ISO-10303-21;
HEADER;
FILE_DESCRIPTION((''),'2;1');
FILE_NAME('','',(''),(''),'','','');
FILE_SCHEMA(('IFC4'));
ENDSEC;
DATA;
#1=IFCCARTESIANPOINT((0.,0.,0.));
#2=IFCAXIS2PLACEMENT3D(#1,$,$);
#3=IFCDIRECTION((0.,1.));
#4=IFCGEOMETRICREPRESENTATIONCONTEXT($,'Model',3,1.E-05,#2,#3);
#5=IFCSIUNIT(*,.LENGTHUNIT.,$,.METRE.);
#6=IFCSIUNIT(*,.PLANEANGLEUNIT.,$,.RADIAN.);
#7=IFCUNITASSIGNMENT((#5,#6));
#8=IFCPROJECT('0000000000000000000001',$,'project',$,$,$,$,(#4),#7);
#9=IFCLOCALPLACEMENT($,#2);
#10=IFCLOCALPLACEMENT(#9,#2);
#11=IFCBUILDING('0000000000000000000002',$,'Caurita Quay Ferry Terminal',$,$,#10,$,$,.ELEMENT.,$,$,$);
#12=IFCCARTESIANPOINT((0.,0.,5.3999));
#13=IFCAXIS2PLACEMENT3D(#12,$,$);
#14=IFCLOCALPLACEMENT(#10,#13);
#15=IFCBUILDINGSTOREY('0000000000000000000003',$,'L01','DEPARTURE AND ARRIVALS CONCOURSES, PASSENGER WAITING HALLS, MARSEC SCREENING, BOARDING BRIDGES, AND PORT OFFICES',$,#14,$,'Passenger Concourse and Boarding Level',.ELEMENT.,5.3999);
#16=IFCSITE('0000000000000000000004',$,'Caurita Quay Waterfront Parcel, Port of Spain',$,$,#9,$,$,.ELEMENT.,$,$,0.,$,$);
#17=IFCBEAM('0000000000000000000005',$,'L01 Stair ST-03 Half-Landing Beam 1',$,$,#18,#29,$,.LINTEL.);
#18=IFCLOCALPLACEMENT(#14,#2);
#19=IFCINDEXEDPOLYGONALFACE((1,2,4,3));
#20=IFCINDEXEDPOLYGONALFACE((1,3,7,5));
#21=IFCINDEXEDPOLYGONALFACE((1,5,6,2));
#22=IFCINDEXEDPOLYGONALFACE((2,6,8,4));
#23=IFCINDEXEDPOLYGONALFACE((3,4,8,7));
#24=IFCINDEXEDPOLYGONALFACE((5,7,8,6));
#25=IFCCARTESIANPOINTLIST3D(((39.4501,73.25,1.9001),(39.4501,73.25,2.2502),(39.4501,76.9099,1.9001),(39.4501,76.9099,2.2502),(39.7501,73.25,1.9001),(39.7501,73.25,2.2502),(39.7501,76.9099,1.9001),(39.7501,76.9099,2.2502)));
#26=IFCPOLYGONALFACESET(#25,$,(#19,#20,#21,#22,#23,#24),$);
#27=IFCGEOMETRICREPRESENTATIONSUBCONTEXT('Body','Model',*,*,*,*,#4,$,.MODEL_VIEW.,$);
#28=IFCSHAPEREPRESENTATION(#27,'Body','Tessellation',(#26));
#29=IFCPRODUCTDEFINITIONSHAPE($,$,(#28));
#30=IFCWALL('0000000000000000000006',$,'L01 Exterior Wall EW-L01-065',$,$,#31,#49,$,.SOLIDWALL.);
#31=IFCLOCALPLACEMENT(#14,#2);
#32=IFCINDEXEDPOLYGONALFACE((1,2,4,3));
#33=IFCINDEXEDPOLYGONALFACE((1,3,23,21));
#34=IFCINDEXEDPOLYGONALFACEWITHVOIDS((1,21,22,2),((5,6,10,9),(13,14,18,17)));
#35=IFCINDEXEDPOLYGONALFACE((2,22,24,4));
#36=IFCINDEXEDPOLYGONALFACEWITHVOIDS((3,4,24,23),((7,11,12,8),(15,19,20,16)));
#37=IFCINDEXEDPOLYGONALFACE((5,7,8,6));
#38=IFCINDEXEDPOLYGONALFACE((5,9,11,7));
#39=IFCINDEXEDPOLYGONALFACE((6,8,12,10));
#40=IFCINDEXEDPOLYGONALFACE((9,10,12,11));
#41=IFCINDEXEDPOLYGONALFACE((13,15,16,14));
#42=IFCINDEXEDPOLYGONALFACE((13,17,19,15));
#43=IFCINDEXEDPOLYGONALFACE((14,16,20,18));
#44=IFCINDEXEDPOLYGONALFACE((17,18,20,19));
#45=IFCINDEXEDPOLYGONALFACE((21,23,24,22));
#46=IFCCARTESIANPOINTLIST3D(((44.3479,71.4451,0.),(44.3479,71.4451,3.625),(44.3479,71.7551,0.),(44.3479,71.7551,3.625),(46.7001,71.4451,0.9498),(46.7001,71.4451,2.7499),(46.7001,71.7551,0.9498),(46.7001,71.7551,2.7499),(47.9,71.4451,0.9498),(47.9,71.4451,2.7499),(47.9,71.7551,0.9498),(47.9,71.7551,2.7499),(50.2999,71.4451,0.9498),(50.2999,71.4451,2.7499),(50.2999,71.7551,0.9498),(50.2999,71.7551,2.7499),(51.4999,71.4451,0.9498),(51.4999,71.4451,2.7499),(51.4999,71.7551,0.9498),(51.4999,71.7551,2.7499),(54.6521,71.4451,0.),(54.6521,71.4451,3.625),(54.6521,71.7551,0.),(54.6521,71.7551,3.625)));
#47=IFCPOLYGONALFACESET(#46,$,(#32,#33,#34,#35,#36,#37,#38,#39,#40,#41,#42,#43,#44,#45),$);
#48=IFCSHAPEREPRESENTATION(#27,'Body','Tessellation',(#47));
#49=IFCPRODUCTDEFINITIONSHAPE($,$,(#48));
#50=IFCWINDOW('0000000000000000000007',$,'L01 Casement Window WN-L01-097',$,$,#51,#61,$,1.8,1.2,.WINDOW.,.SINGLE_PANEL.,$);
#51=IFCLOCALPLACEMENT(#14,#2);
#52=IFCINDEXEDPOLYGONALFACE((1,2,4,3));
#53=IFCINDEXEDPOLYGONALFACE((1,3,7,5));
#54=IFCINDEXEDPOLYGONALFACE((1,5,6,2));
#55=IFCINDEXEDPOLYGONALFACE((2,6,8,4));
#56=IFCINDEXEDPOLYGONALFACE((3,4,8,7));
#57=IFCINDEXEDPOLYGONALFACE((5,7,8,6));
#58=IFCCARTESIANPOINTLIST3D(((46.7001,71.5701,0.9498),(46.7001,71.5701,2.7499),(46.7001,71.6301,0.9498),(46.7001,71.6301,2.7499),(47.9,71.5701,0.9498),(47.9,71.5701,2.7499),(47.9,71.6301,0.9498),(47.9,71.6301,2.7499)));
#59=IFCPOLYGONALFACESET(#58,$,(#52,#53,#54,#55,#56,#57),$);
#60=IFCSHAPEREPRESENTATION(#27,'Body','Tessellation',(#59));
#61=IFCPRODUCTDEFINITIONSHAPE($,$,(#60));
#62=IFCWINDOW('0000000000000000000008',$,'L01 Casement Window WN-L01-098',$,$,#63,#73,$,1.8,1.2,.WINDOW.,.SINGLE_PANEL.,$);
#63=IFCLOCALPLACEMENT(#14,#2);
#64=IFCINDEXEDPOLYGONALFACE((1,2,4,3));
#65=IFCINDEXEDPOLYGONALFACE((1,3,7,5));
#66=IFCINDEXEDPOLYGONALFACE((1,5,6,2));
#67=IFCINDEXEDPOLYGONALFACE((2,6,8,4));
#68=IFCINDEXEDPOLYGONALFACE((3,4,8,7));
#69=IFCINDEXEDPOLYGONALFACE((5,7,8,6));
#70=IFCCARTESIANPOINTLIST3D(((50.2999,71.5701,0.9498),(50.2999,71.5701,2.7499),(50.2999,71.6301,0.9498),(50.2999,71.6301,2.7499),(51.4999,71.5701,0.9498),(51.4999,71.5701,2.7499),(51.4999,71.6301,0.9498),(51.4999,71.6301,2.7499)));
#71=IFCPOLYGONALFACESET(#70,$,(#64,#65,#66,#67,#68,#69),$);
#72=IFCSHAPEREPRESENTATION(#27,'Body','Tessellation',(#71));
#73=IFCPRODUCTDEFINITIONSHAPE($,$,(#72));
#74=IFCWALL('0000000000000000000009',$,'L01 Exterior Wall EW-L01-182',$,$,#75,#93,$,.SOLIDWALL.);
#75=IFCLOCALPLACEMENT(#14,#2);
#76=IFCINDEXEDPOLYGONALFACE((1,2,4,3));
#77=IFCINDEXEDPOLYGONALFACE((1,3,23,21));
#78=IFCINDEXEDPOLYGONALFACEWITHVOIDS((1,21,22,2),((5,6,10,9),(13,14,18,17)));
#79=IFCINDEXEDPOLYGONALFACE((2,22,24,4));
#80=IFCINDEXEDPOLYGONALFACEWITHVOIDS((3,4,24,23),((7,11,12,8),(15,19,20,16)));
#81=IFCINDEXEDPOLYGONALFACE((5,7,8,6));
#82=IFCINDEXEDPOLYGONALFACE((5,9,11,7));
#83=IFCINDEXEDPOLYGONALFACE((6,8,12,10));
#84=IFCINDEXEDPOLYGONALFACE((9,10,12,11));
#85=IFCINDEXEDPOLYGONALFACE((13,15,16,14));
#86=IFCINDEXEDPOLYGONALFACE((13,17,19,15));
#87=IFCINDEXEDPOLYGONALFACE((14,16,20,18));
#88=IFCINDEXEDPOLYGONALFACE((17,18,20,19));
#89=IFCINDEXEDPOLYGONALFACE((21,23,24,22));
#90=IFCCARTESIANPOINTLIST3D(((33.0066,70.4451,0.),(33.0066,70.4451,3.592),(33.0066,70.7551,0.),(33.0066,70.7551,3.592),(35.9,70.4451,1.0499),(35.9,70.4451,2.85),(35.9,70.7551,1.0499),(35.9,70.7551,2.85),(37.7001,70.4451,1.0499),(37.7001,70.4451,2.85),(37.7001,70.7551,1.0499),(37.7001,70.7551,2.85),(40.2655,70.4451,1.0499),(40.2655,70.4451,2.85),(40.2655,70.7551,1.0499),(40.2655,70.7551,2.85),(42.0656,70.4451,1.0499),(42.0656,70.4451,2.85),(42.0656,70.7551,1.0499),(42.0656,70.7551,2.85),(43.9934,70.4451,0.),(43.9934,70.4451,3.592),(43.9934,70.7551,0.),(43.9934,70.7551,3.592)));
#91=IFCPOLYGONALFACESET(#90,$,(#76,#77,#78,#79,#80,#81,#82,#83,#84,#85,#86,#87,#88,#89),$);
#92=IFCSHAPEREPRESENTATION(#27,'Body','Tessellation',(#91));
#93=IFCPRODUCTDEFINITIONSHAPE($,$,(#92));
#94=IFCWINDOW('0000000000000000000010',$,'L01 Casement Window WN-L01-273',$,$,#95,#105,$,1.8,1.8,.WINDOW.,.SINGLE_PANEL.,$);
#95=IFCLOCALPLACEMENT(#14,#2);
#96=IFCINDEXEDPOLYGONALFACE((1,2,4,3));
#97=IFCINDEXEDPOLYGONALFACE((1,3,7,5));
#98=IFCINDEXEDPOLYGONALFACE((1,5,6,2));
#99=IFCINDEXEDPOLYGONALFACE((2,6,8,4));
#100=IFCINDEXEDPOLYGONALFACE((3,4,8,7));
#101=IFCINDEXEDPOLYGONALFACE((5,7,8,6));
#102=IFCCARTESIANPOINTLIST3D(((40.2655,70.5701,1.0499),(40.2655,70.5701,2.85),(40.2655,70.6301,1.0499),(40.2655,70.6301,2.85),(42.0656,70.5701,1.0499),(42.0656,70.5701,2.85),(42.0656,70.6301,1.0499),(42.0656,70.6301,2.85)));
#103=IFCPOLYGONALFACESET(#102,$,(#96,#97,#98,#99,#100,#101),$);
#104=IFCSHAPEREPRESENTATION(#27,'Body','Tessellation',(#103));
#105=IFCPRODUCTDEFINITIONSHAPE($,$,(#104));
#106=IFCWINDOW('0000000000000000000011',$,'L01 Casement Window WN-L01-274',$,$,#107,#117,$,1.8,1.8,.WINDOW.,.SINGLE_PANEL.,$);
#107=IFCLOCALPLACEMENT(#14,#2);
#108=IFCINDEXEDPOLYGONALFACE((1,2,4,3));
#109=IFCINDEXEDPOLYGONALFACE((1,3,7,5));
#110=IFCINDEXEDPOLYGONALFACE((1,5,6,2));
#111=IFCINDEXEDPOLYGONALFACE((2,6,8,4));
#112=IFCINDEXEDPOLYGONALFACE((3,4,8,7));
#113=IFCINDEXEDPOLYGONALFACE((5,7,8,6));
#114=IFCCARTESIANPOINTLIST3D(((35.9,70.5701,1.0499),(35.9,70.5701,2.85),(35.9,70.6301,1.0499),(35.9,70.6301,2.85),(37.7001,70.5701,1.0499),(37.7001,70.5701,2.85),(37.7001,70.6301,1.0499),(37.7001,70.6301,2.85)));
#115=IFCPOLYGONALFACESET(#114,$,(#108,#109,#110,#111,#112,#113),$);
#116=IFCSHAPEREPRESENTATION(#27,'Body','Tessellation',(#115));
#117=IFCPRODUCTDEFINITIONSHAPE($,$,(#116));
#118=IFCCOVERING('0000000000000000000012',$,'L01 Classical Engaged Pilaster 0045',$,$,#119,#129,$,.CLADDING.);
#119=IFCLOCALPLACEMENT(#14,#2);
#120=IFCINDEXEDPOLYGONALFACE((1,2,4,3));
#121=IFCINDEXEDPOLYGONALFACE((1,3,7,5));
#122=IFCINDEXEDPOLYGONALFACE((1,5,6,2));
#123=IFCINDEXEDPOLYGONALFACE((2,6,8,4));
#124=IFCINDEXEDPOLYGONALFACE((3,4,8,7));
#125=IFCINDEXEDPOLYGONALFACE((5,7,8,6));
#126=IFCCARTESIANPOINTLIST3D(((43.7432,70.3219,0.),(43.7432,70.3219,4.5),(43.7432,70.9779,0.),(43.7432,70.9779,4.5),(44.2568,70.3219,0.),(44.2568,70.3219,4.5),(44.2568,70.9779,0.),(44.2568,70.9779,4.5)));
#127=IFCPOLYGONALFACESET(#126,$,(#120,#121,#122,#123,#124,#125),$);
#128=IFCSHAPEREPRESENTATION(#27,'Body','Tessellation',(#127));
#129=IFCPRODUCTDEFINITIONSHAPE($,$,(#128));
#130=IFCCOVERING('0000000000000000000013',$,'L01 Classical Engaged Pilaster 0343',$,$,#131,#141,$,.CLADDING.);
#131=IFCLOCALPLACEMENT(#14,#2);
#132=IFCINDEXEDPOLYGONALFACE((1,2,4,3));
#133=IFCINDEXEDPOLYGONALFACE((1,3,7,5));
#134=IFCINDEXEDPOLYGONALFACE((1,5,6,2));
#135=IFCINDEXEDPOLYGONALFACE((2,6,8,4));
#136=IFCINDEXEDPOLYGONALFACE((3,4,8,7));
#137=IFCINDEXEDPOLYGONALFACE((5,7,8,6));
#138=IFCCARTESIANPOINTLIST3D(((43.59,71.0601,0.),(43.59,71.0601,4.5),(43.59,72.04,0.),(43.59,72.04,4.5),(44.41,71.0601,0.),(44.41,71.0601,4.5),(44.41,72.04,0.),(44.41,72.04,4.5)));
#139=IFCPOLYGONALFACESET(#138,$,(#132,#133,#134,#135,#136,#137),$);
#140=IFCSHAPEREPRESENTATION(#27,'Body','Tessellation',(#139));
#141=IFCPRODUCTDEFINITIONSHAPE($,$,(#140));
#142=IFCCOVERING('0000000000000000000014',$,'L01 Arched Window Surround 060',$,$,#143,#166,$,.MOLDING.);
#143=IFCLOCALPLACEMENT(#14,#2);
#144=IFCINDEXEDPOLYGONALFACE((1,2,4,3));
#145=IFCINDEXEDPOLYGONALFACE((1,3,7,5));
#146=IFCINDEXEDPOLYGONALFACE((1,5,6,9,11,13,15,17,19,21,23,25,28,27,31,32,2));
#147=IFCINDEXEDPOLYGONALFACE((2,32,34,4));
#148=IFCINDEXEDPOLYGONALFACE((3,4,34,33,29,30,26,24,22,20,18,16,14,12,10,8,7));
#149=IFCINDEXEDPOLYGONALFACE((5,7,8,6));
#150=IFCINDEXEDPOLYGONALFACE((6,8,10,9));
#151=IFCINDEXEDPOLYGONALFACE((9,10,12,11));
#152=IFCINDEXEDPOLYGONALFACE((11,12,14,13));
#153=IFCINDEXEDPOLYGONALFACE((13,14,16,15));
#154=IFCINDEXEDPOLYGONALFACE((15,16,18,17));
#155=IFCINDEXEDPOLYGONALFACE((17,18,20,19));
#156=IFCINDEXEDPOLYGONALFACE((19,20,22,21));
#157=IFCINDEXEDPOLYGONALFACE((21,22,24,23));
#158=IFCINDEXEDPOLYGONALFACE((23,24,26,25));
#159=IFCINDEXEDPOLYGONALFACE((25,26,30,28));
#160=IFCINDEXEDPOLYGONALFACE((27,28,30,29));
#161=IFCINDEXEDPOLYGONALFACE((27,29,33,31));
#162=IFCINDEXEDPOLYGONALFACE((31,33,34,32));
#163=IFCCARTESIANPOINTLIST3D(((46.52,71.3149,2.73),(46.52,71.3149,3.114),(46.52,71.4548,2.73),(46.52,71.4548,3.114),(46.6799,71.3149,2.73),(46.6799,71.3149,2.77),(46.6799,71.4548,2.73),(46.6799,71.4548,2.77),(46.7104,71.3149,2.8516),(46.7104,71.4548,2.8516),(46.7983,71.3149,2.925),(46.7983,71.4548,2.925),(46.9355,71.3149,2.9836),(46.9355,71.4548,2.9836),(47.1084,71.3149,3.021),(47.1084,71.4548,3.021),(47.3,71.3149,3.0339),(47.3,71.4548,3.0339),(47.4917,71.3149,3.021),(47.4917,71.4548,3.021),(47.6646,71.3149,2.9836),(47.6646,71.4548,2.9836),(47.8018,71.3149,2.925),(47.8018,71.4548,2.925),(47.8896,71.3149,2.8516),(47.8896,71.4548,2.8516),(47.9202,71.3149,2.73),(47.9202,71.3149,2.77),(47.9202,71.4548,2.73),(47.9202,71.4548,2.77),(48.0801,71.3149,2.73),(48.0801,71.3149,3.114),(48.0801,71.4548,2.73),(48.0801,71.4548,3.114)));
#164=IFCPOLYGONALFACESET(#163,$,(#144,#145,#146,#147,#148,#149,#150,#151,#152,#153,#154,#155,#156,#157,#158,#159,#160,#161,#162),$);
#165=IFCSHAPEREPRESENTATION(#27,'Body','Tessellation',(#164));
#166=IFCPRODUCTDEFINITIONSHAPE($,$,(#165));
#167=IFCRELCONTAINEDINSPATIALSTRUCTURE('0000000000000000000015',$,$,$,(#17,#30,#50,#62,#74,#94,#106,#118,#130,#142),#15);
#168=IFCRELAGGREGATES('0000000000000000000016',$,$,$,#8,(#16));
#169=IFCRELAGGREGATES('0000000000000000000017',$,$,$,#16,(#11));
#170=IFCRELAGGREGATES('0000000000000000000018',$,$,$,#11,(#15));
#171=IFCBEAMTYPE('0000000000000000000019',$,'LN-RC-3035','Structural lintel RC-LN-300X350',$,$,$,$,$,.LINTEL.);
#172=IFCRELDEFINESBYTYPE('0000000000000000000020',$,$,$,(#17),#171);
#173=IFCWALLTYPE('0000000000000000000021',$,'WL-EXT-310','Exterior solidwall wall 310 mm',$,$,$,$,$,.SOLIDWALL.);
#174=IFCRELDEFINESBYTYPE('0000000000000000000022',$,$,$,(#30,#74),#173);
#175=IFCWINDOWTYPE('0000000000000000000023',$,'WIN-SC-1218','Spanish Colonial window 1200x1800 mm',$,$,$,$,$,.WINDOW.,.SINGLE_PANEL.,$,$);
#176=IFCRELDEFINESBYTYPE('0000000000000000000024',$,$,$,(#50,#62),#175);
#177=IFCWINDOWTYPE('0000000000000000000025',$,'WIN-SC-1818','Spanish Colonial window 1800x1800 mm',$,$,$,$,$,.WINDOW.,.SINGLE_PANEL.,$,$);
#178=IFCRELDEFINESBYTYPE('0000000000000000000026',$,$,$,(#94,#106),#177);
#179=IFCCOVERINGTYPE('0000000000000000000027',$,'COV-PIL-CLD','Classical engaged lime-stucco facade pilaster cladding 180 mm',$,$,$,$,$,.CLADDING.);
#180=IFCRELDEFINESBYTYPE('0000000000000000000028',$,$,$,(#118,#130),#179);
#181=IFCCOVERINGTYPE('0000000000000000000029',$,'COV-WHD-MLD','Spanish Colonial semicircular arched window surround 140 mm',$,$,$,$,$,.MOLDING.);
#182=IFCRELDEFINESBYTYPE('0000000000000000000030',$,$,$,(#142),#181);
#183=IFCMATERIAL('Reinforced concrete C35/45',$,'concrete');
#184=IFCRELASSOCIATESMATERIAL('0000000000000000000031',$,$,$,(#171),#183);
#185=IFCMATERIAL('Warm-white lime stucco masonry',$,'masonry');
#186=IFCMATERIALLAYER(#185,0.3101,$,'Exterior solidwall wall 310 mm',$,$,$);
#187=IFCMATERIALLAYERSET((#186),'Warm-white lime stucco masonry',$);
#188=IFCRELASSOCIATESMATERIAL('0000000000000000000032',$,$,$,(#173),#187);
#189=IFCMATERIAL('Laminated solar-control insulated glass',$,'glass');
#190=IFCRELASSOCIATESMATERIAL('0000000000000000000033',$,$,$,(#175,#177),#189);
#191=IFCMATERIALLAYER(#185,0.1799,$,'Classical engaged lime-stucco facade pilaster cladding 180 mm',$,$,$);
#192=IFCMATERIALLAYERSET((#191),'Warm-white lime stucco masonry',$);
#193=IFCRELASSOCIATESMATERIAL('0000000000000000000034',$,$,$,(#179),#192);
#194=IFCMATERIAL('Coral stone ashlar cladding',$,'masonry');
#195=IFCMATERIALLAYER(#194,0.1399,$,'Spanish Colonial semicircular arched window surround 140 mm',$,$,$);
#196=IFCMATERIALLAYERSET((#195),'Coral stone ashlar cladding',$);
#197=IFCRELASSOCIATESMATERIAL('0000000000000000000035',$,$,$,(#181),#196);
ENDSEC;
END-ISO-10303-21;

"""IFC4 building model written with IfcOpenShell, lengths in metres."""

from ifc_helpers import new_model, si_unit, direction, frame, frame_2d, origin, origin_2d, place, context, subcontext, project, spatial, polyline, rectangle, outline, extrude, material, layer, layer_set, material_profile, profile_set, type_object, element, fill, save


model = new_model("IFC4")

# Units and contexts
model_context = context("Model", 3, precision=1e-05, world=origin(), true_north=direction((0.0, 1.0)))
body_context = subcontext(model_context, "Body", "Model", "MODEL_VIEW")
ifc_project = project(units=[si_unit("LENGTHUNIT", "METRE"), si_unit("PLANEANGLEUNIT", "RADIAN")], contexts=[model_context])

# Site, building, storey
site_placement = place(None, origin())
site = spatial("IfcSite", under=ifc_project, at=site_placement, Name="Caurita Quay Waterfront Parcel, Port of Spain", CompositionType="ELEMENT", RefElevation=0.0)
building_placement = place(site_placement, origin())
building = spatial("IfcBuilding", under=site, at=building_placement, Name="Caurita Quay Ferry Terminal", CompositionType="ELEMENT")
storey_placement = place(building_placement, frame((0.0, 0.0, 5.3999)))
storey = spatial("IfcBuildingStorey", under=building, at=storey_placement, Name="L01", Description="DEPARTURE AND ARRIVALS CONCOURSES, PASSENGER WAITING HALLS, MARSEC SCREENING, BOARDING BRIDGES, AND PORT OFFICES", LongName="Passenger Concourse and Boarding Level", CompositionType="ELEMENT", Elevation=5.3999)

# Shared definitions
ifc_material_1 = material(Name="Reinforced concrete C35/45", Category="concrete")

# Beam
ifc_material_profile_1 = material_profile(ifc_material_1, rectangle(XDim=0.3, YDim=0.3501, at=origin_2d()), Name="RC-LN-300X350")
ifc_profile_set_1 = profile_set([ifc_material_profile_1], Name="Reinforced concrete C35/45")
beam_type_1 = type_object("IfcBeamType", Name="LN-RC-3035", Description="Structural lintel RC-LN-300X350", PredefinedType="LINTEL", material=ifc_profile_set_1)
beam_1_placement = place(storey_placement, frame((39.6001, 73.25, 2.0752), z_axis=(0.0, 1.0, 0.0), x_axis=(-1.0, 0.0, 0.0)))
element("IfcBeam", 1, at=beam_1_placement, inside=storey, type_object=beam_type_1, Name="L01 Stair ST-03 Half-Landing Beam 1", PredefinedType="LINTEL", context=body_context, shape_type="SweptSolid", body=[
    extrude(rectangle(XDim=0.3, YDim=0.3501, at=origin_2d()), origin(), (0.0, 0.0, 1.0), 3.6599),
])

# Walls, openings, windows
ifc_material_2 = material(Name="Warm-white lime stucco masonry", Category="masonry")
ifc_layer_1 = layer(ifc_material_2, 0.3101, Name="Exterior solidwall wall 310 mm")
ifc_layer_set_1 = layer_set([ifc_layer_1], Name="Warm-white lime stucco masonry")
wall_type = type_object("IfcWallType", Name="WL-EXT-310", Description="Exterior solidwall wall 310 mm", PredefinedType="SOLIDWALL", material=ifc_layer_set_1)
wall_1_placement = place(storey_placement, frame((44.3479, 71.6001, 0.0), z_axis=(0.0, 0.0, 1.0), x_axis=(1.0, 0.0, 0.0)))
wall_1 = element("IfcWall", 2, at=wall_1_placement, inside=storey, type_object=wall_type, Name="L01 Exterior Wall EW-L01-065", PredefinedType="SOLIDWALL", context=body_context, shape_type="SweptSolid", body=[
    extrude(rectangle(XDim=10.3042, YDim=0.3101, at=frame_2d((5.1521, 0.0))), origin(), (0.0, 0.0, 1.0), 3.625),
])
opening_1_placement = place(wall_1_placement, frame((2.3521, 0.0, 0.95)))
opening_1 = element("IfcOpeningElement", 3, at=opening_1_placement, cuts=wall_1, PredefinedType="OPENING", context=body_context, shape_type="SweptSolid", body=[
    extrude(rectangle(XDim=1.2, YDim=1.8, at=frame_2d((0.6001, 0.8999))), frame((0.0, 0.165, 0.0), z_axis=(0.0, -1.0, 0.0), x_axis=(1.0, 0.0, 0.0)), (0.0, 0.0, 1.0), 0.3301),
])
opening_2_placement = place(wall_1_placement, frame((5.9519, 0.0, 0.95)))
opening_2 = element("IfcOpeningElement", 4, at=opening_2_placement, cuts=wall_1, PredefinedType="OPENING", context=body_context, shape_type="SweptSolid", body=[
    extrude(rectangle(XDim=1.2, YDim=1.8, at=frame_2d((0.6001, 0.8999))), frame((0.0, 0.165, 0.0), z_axis=(0.0, -1.0, 0.0), x_axis=(1.0, 0.0, 0.0)), (0.0, 0.0, 1.0), 0.3301),
])
ifc_material_3 = material(Name="Laminated solar-control insulated glass", Category="glass")
window_type_1 = type_object("IfcWindowType", Name="WIN-SC-1218", Description="Spanish Colonial window 1200x1800 mm", PartitioningType="SINGLE_PANEL", PredefinedType="WINDOW", material=ifc_material_3)
window_1_placement = place(opening_1_placement, origin())
window_1 = element("IfcWindow", 5, at=window_1_placement, inside=storey, type_object=window_type_1, Name="L01 Casement Window WN-L01-097", OverallHeight=1.8, OverallWidth=1.2, PartitioningType="SINGLE_PANEL", PredefinedType="WINDOW", context=body_context, shape_type="SweptSolid", body=[
    extrude(rectangle(XDim=1.2, YDim=1.8, at=frame_2d((0.6001, 0.8999))), frame((0.0, 0.03, 0.0), z_axis=(0.0, -1.0, 0.0), x_axis=(1.0, 0.0, 0.0)), (0.0, 0.0, 1.0), 0.0601),
])
fill(opening_1, window_1)
window_2_placement = place(opening_2_placement, origin())
window_2 = element("IfcWindow", 6, at=window_2_placement, inside=storey, type_object=window_type_1, Name="L01 Casement Window WN-L01-098", OverallHeight=1.8, OverallWidth=1.2, PartitioningType="SINGLE_PANEL", PredefinedType="WINDOW", context=body_context, shape_type="SweptSolid", body=[
    extrude(rectangle(XDim=1.2, YDim=1.8, at=frame_2d((0.6001, 0.8999))), frame((0.0, 0.03, 0.0), z_axis=(0.0, -1.0, 0.0), x_axis=(1.0, 0.0, 0.0)), (0.0, 0.0, 1.0), 0.0601),
])
fill(opening_2, window_2)
wall_2_placement = place(storey_placement, frame((43.9934, 70.6001, 0.0), z_axis=(0.0, 0.0, 1.0), x_axis=(-1.0, 0.0, 0.0)))
wall_2 = element("IfcWall", 7, at=wall_2_placement, inside=storey, type_object=wall_type, Name="L01 Exterior Wall EW-L01-182", PredefinedType="SOLIDWALL", context=body_context, shape_type="SweptSolid", body=[
    extrude(rectangle(XDim=10.9868, YDim=0.3101, at=frame_2d((5.4934, 0.0))), origin(), (0.0, 0.0, 1.0), 3.592),
])
opening_3_placement = place(wall_2_placement, frame((1.928, 0.0, 1.05)))
opening_3 = element("IfcOpeningElement", 8, at=opening_3_placement, cuts=wall_2, PredefinedType="OPENING", context=body_context, shape_type="SweptSolid", body=[
    extrude(rectangle(XDim=1.8, YDim=1.8, at=frame_2d((0.8999, 0.8999))), frame((0.0, 0.165, 0.0), z_axis=(0.0, -1.0, 0.0), x_axis=(1.0, 0.0, 0.0)), (0.0, 0.0, 1.0), 0.3301),
])
opening_4_placement = place(wall_2_placement, frame((6.2935, 0.0, 1.05)))
opening_4 = element("IfcOpeningElement", 9, at=opening_4_placement, cuts=wall_2, PredefinedType="OPENING", context=body_context, shape_type="SweptSolid", body=[
    extrude(rectangle(XDim=1.8, YDim=1.8, at=frame_2d((0.8999, 0.8999))), frame((0.0, 0.165, 0.0), z_axis=(0.0, -1.0, 0.0), x_axis=(1.0, 0.0, 0.0)), (0.0, 0.0, 1.0), 0.3301),
])
window_type_2 = type_object("IfcWindowType", Name="WIN-SC-1818", Description="Spanish Colonial window 1800x1800 mm", PartitioningType="SINGLE_PANEL", PredefinedType="WINDOW", material=ifc_material_3)
window_3_placement = place(opening_3_placement, origin())
window_3 = element("IfcWindow", 10, at=window_3_placement, inside=storey, type_object=window_type_2, Name="L01 Casement Window WN-L01-273", OverallHeight=1.8, OverallWidth=1.8, PartitioningType="SINGLE_PANEL", PredefinedType="WINDOW", context=body_context, shape_type="SweptSolid", body=[
    extrude(rectangle(XDim=1.8, YDim=1.8, at=frame_2d((0.8999, 0.8999))), frame((0.0, 0.03, 0.0), z_axis=(0.0, -1.0, 0.0), x_axis=(1.0, 0.0, 0.0)), (0.0, 0.0, 1.0), 0.0601),
])
fill(opening_3, window_3)
window_4_placement = place(opening_4_placement, origin())
window_4 = element("IfcWindow", 11, at=window_4_placement, inside=storey, type_object=window_type_2, Name="L01 Casement Window WN-L01-274", OverallHeight=1.8, OverallWidth=1.8, PartitioningType="SINGLE_PANEL", PredefinedType="WINDOW", context=body_context, shape_type="SweptSolid", body=[
    extrude(rectangle(XDim=1.8, YDim=1.8, at=frame_2d((0.8999, 0.8999))), frame((0.0, 0.03, 0.0), z_axis=(0.0, -1.0, 0.0), x_axis=(1.0, 0.0, 0.0)), (0.0, 0.0, 1.0), 0.0601),
])
fill(opening_4, window_4)

# Coverings
ifc_layer_2 = layer(ifc_material_2, 0.1799, Name="Classical engaged lime-stucco facade pilaster cladding 180 mm")
ifc_layer_set_2 = layer_set([ifc_layer_2], Name="Warm-white lime stucco masonry")
covering_type_1 = type_object("IfcCoveringType", Name="COV-PIL-CLD", Description="Classical engaged lime-stucco facade pilaster cladding 180 mm", PredefinedType="CLADDING", material=ifc_layer_set_2)
covering_1_placement = place(storey_placement, frame((44.0, 70.6499, 0.0), z_axis=(0.0, 0.0, 1.0), x_axis=(1.0, 0.0, 0.0)))
element("IfcCovering", 12, at=covering_1_placement, inside=storey, type_object=covering_type_1, Name="L01 Classical Engaged Pilaster 0045", PredefinedType="CLADDING", context=body_context, shape_type="SweptSolid", body=[
    extrude(rectangle(XDim=0.5137, YDim=0.656, at=origin_2d()), origin(), (0.0, 0.0, 1.0), 4.5),
])
covering_2_placement = place(storey_placement, frame((44.0, 71.55, 0.0), z_axis=(0.0, 0.0, 1.0), x_axis=(1.0, 0.0, 0.0)))
element("IfcCovering", 13, at=covering_2_placement, inside=storey, type_object=covering_type_1, Name="L01 Classical Engaged Pilaster 0343", PredefinedType="CLADDING", context=body_context, shape_type="SweptSolid", body=[
    extrude(rectangle(XDim=0.8201, YDim=0.98, at=origin_2d()), origin(), (0.0, 0.0, 1.0), 4.5),
])
ifc_material_4 = material(Name="Coral stone ashlar cladding", Category="masonry")
ifc_layer_3 = layer(ifc_material_4, 0.1399, Name="Spanish Colonial semicircular arched window surround 140 mm")
ifc_layer_set_3 = layer_set([ifc_layer_3], Name="Coral stone ashlar cladding")
covering_type_2 = type_object("IfcCoveringType", Name="COV-WHD-MLD", Description="Spanish Colonial semicircular arched window surround 140 mm", PredefinedType="MOLDING", material=ifc_layer_set_3)
covering_3_placement = place(storey_placement, frame((46.52, 71.385, 2.73), z_axis=(0.0, 0.0, 1.0), x_axis=(1.0, 0.0, 0.0)))
element("IfcCovering", 14, at=covering_3_placement, inside=storey, type_object=covering_type_2, Name="L01 Arched Window Surround 060", PredefinedType="MOLDING", context=body_context, shape_type="SweptSolid", body=[
    extrude(outline(polyline([(0.0, 0.0), (0.1599, 0.0), (0.1599, 0.04), (0.1904, 0.1216), (0.2783, 0.1951), (0.4155, 0.2537), (0.5884, 0.291), (0.78, 0.304), (0.9717, 0.291), (1.1445, 0.2537), (1.2817, 0.1951), (1.3696, 0.1216), (1.4001, 0.04), (1.4001, 0.0), (1.5601, 0.0), (1.5601, 0.384), (0.0, 0.384), (0.0, 0.0)])), frame((0.0, 0.0698, 0.0), z_axis=(0.0, -1.0, 0.0), x_axis=(1.0, 0.0, 0.0)), (0.0, 0.0, 1.0), 0.1399),
])

save(model, "model.ifc")
